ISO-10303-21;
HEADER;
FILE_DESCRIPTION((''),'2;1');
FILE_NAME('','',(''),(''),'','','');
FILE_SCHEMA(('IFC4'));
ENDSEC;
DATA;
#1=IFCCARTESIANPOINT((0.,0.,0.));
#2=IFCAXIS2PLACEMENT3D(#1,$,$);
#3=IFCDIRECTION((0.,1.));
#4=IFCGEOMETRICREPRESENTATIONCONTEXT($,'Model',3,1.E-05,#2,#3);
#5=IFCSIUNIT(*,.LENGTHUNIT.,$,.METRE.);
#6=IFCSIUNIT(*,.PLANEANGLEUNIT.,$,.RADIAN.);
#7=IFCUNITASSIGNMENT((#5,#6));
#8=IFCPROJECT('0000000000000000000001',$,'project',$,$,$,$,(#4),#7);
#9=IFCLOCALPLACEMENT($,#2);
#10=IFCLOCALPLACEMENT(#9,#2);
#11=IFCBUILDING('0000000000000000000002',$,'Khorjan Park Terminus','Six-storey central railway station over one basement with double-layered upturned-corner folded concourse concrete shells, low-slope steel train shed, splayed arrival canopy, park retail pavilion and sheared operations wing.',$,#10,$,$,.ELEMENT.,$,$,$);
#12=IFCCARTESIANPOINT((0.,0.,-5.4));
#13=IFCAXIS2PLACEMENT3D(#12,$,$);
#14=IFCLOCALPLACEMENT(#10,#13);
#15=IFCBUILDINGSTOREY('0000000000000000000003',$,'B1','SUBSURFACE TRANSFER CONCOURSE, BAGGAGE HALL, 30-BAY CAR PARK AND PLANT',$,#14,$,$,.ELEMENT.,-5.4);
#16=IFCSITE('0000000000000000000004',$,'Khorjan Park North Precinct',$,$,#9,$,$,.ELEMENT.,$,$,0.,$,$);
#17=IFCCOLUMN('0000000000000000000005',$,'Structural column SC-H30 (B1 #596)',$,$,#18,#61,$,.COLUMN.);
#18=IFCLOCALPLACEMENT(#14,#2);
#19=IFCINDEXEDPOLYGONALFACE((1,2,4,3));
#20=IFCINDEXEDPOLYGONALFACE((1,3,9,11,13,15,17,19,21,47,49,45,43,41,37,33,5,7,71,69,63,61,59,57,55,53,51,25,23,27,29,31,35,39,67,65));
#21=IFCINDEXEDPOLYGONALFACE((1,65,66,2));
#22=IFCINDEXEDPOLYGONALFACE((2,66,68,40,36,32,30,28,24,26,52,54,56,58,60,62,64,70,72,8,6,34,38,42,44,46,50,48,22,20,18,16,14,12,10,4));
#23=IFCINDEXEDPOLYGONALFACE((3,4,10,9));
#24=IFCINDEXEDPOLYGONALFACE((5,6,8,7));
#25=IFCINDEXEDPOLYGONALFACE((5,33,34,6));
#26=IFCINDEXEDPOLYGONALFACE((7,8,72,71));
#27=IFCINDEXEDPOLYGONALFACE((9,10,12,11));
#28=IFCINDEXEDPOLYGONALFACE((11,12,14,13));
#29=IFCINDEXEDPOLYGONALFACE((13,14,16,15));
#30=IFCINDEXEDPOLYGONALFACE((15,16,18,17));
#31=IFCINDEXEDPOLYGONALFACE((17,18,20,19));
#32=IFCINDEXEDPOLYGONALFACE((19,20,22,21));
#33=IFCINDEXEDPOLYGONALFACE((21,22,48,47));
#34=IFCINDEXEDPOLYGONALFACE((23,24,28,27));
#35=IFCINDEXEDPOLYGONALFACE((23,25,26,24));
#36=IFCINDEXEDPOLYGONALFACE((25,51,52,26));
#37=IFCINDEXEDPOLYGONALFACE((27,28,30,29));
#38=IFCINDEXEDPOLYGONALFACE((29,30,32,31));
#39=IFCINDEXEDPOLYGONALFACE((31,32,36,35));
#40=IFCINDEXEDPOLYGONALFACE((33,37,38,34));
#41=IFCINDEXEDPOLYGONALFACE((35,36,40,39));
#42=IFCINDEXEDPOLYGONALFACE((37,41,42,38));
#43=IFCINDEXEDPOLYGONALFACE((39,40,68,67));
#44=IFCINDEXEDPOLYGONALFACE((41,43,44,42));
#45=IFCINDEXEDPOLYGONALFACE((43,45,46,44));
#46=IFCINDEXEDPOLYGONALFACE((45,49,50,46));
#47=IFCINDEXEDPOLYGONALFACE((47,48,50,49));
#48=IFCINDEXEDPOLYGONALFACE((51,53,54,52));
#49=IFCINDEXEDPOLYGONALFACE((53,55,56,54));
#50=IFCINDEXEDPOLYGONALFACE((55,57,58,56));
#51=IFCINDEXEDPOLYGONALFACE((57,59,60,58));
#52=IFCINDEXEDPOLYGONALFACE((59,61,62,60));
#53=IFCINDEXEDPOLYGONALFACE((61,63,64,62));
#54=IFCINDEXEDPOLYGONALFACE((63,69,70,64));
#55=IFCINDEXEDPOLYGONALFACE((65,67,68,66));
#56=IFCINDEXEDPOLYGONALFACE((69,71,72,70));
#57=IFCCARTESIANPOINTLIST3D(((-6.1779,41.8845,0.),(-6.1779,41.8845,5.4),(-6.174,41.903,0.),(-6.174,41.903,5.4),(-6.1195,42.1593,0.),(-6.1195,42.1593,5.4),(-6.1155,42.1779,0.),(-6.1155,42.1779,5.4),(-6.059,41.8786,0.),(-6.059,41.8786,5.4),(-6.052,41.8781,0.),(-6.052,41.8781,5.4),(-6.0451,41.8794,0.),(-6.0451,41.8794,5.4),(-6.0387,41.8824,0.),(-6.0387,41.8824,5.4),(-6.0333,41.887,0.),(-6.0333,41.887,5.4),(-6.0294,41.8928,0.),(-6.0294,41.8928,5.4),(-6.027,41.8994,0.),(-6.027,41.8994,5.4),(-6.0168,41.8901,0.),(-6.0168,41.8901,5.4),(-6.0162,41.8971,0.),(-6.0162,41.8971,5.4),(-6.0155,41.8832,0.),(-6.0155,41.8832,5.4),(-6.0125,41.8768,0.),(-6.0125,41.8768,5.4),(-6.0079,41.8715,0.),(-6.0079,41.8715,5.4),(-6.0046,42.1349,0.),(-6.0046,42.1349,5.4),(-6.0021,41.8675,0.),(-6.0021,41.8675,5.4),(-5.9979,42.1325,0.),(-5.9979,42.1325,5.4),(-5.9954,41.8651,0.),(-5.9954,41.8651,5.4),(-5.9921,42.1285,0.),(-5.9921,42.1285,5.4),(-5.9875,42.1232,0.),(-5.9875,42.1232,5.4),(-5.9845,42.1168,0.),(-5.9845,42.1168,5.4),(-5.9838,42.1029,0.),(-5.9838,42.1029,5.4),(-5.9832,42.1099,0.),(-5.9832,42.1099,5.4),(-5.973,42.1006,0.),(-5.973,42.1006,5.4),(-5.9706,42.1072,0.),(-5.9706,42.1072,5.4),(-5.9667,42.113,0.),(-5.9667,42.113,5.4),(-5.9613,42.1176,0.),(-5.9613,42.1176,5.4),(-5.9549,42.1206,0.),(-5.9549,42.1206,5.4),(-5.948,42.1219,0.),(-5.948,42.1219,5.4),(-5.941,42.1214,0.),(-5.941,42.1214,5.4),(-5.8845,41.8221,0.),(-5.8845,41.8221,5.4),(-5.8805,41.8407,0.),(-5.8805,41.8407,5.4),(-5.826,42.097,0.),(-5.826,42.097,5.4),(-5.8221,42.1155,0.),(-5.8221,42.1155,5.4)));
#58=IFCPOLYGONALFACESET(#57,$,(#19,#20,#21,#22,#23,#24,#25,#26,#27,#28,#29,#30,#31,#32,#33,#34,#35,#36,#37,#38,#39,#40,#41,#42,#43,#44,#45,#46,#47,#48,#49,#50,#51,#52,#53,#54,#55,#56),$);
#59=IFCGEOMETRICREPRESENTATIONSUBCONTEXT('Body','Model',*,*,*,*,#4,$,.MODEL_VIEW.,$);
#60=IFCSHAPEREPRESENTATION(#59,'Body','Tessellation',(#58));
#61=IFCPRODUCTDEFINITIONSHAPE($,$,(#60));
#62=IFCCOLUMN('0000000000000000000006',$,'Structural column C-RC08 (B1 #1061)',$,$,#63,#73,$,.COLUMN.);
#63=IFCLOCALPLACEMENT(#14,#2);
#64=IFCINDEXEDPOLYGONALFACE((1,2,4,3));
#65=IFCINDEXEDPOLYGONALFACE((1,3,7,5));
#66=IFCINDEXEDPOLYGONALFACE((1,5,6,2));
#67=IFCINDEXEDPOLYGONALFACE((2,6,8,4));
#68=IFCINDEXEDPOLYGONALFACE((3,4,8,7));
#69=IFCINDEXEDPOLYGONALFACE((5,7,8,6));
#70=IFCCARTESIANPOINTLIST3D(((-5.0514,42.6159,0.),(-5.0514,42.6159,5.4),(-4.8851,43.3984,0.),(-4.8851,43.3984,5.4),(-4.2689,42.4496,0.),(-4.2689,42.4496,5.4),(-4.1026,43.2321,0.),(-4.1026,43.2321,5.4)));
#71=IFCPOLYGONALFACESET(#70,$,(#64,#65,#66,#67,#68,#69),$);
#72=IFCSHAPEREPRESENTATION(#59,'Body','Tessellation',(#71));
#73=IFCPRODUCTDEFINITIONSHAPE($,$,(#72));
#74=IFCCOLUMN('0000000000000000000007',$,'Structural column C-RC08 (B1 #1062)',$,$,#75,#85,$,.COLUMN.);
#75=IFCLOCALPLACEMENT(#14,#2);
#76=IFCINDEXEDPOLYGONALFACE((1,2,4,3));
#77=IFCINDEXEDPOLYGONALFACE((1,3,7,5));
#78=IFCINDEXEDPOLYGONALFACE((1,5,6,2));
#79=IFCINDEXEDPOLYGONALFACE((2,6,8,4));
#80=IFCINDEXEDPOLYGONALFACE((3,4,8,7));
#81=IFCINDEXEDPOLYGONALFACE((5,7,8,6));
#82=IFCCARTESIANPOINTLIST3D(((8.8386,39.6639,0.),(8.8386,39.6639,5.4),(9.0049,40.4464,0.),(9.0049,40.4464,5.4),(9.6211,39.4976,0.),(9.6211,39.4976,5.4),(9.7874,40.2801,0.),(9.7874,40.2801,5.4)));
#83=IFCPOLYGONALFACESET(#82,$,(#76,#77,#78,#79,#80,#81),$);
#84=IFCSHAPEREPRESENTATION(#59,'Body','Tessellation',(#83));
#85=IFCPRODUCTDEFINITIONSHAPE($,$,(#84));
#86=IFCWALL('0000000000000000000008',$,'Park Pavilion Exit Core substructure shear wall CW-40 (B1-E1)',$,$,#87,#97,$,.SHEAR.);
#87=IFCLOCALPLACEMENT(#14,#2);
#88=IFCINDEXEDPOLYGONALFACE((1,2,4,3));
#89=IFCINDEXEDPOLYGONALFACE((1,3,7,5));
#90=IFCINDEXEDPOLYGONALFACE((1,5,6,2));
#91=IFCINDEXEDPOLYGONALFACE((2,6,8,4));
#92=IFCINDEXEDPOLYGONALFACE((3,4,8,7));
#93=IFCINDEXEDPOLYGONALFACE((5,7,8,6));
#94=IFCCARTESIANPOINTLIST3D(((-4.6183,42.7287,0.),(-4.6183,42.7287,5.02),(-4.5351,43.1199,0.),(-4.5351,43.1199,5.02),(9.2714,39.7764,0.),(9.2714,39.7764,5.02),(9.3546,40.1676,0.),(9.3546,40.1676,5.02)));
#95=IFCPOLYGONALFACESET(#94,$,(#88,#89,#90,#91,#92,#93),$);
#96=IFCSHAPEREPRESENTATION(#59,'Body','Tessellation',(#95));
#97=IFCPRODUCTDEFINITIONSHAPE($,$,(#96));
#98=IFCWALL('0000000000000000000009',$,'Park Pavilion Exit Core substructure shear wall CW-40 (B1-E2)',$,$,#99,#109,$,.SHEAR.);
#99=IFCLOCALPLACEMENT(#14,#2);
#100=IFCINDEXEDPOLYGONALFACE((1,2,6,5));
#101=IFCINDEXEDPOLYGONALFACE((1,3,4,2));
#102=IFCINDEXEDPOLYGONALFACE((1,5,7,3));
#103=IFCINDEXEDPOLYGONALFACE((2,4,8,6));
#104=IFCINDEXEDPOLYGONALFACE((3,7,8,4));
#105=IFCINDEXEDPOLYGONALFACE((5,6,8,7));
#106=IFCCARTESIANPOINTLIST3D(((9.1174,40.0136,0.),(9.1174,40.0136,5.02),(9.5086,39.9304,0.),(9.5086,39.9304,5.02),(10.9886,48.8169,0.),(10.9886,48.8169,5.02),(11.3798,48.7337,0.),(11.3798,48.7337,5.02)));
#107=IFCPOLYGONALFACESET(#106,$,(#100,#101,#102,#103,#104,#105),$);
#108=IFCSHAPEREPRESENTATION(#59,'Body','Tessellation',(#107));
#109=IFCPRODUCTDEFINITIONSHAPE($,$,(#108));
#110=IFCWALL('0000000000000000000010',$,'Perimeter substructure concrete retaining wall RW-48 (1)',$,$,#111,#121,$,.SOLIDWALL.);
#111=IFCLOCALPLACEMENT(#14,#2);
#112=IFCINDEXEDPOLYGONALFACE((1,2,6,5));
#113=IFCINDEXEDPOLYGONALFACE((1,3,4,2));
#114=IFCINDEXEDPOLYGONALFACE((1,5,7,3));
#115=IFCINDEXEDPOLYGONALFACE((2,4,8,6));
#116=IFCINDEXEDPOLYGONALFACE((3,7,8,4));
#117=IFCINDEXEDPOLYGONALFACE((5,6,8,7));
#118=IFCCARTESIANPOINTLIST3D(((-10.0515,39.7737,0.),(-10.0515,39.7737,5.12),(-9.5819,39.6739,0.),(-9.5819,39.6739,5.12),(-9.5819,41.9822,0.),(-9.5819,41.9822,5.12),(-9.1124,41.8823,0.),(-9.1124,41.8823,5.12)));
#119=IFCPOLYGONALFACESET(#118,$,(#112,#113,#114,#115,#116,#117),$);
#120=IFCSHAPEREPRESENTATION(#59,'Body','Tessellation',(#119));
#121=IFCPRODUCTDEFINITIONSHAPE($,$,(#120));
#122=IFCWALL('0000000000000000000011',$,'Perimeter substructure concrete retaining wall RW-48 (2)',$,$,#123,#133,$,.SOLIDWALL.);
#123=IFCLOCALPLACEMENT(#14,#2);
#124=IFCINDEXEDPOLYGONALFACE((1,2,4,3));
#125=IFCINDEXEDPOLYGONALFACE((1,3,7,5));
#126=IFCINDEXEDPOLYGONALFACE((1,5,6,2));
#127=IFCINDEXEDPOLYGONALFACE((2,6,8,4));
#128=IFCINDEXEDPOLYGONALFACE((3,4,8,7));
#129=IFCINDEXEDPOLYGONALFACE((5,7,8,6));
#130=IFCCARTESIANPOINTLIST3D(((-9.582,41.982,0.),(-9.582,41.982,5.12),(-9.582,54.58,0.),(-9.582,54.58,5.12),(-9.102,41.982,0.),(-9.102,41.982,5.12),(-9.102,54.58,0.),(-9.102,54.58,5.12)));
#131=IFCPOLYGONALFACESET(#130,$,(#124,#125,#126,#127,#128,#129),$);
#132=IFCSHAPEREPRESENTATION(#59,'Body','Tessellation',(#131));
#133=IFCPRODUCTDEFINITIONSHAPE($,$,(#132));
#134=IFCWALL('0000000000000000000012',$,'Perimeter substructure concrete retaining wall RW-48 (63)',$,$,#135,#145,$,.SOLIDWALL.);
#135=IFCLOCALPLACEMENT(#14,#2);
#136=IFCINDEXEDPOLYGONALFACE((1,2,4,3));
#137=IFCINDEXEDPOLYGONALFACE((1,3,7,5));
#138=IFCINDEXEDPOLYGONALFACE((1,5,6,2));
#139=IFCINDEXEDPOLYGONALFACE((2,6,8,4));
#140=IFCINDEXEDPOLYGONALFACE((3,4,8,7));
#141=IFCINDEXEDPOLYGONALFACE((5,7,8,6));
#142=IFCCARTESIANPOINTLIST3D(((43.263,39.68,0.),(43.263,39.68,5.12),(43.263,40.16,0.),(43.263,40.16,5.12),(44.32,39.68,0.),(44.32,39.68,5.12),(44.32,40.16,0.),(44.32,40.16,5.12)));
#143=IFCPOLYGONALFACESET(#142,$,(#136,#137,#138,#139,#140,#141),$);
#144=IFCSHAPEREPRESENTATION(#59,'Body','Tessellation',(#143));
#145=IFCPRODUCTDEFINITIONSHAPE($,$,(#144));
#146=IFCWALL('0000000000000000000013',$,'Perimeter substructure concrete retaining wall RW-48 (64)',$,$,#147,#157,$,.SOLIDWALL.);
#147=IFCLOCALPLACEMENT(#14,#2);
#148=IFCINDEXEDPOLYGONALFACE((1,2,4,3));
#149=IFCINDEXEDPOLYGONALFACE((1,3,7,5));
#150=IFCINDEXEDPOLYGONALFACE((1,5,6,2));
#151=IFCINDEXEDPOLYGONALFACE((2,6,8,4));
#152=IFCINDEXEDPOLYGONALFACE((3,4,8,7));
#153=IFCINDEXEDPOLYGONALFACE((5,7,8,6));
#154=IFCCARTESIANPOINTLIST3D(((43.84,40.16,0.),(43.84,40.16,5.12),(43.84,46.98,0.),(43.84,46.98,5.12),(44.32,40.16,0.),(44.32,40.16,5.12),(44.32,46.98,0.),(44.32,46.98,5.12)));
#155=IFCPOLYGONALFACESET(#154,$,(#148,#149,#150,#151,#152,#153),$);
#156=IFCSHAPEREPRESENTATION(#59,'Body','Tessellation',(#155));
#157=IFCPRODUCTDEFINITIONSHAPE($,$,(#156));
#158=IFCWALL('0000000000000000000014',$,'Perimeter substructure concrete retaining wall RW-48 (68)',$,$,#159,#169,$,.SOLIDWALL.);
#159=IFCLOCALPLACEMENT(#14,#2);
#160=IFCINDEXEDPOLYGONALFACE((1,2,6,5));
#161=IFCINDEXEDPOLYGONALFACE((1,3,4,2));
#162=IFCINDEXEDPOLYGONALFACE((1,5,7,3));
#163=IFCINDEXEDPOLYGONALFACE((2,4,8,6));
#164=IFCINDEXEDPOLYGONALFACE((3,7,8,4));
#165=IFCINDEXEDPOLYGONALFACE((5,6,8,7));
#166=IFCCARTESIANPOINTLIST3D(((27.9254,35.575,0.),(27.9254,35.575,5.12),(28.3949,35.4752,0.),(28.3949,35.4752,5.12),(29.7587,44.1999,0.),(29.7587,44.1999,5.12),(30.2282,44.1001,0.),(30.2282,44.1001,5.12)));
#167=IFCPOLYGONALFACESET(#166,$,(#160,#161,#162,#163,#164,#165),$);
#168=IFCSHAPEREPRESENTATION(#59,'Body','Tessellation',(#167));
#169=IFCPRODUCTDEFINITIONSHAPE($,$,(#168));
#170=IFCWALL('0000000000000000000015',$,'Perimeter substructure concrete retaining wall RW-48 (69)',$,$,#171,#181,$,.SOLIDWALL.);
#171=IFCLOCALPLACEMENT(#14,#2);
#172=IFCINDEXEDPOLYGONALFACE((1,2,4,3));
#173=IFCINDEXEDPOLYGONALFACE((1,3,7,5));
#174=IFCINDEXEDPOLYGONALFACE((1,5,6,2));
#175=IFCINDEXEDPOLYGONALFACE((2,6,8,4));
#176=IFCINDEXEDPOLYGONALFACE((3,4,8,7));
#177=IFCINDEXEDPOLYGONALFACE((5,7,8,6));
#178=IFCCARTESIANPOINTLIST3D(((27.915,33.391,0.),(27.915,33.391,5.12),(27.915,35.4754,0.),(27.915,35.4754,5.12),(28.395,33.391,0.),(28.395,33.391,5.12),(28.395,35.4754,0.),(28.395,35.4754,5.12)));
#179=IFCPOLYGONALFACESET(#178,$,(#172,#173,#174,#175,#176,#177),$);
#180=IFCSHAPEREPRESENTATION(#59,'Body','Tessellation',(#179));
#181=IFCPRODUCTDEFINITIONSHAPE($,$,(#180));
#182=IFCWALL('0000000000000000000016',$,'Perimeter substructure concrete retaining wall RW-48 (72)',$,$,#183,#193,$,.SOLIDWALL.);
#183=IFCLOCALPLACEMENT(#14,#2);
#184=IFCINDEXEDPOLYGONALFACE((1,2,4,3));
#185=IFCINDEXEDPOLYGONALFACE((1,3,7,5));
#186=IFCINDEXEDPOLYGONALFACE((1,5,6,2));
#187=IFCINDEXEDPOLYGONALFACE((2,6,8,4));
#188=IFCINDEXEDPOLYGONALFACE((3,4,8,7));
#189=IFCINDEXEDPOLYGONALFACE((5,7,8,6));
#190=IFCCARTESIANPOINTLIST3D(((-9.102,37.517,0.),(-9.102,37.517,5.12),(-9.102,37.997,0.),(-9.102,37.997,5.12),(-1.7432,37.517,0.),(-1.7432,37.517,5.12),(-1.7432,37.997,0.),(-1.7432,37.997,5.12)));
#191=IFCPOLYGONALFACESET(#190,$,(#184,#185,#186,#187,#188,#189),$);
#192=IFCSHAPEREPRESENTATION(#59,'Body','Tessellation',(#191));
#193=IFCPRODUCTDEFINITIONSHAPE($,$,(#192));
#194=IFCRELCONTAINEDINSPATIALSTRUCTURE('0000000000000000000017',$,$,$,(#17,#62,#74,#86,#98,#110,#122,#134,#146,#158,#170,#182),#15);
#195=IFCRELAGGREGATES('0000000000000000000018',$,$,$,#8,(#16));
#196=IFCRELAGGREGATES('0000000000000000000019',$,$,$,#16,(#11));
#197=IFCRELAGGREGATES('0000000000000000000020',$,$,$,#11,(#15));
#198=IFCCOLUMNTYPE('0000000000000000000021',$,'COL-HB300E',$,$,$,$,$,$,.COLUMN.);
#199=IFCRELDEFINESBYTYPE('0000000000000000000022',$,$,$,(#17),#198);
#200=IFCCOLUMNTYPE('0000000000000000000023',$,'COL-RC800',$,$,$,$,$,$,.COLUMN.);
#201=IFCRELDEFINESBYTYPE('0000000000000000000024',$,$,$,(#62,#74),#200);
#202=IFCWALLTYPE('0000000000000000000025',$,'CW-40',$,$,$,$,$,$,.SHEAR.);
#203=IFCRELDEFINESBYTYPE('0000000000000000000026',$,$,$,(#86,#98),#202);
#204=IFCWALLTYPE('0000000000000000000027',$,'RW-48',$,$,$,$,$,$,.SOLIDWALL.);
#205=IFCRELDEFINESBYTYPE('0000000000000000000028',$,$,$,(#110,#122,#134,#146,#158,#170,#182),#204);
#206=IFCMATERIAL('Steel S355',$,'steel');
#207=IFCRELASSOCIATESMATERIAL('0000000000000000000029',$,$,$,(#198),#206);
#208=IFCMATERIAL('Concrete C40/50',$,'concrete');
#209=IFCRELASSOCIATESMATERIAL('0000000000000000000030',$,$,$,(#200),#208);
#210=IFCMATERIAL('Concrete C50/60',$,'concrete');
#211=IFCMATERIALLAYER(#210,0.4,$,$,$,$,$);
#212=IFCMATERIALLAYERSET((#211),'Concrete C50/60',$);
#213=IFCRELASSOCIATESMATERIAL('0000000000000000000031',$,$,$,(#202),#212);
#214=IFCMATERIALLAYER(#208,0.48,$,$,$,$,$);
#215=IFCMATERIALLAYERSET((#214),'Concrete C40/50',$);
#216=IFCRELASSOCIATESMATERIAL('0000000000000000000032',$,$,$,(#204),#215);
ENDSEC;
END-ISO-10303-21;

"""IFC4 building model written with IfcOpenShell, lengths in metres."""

from ifc_helpers import new_model, si_unit, direction, frame, frame_2d, origin, origin_2d, place, context, subcontext, project, spatial, rectangle, i_section, extrude, material, layer, layer_set, material_profile, profile_set, type_object, element, save


model = new_model("IFC4")

# Units and contexts
model_context = context("Model", 3, precision=1e-05, world=origin(), true_north=direction((0.0, 1.0)))
body_context = subcontext(model_context, "Body", "Model", "MODEL_VIEW")
ifc_project = project(units=[si_unit("LENGTHUNIT", "METRE"), si_unit("PLANEANGLEUNIT", "RADIAN")], contexts=[model_context])

# Site, building, storey
site_placement = place(None, origin())
site = spatial("IfcSite", under=ifc_project, at=site_placement, Name="Khorjan Park North Precinct", CompositionType="ELEMENT", RefElevation=0.0)
building_placement = place(site_placement, origin())
building = spatial("IfcBuilding", under=site, at=building_placement, Name="Khorjan Park Terminus", Description="Six-storey central railway station over one basement with double-layered upturned-corner folded concourse concrete shells, low-slope steel train shed, splayed arrival canopy, park retail pavilion and sheared operations wing.", CompositionType="ELEMENT")
storey_placement = place(building_placement, frame((0.0, 0.0, -5.4)))
storey = spatial("IfcBuildingStorey", under=building, at=storey_placement, Name="B1", Description="SUBSURFACE TRANSFER CONCOURSE, BAGGAGE HALL, 30-BAY CAR PARK AND PLANT", CompositionType="ELEMENT", Elevation=-5.4)

# Shared definitions
ifc_material_1 = material(Name="Concrete C40/50", Category="concrete")

# Columns
ifc_material_2 = material(Name="Steel S355", Category="steel")
ifc_material_profile_1 = material_profile(ifc_material_2, i_section(OverallWidth=0.3, OverallDepth=0.3, WebThickness=0.011, FlangeThickness=0.019, FilletRadius=0.027, at=origin_2d()), Name="HEB 300")
ifc_profile_set_1 = profile_set([ifc_material_profile_1], Name="Steel S355")
column_type_1 = type_object("IfcColumnType", Name="COL-HB300E", PredefinedType="COLUMN", material=ifc_profile_set_1)
column_placement = place(storey_placement, frame((-6.0, 42.0, 0.0), z_axis=(0.0, 0.0, 1.0), x_axis=(0.978148, -0.207912, 0.0)))
element("IfcColumn", 1, at=column_placement, inside=storey, type_object=column_type_1, Name="Structural column SC-H30 (B1 #596)", PredefinedType="COLUMN", context=body_context, shape_type="SweptSolid", body=[
    extrude(i_section(OverallWidth=0.3, OverallDepth=0.3, WebThickness=0.011, FlangeThickness=0.019, FilletRadius=0.027, at=origin_2d()), origin(), (0.0, 0.0, 1.0), 5.4),
])
ifc_material_profile_2 = material_profile(ifc_material_1, rectangle(XDim=0.8, YDim=0.8, at=origin_2d()), Name="RC 800x800")
ifc_profile_set_2 = profile_set([ifc_material_profile_2], Name="Concrete C40/50")
column_type_2 = type_object("IfcColumnType", Name="COL-RC800", PredefinedType="COLUMN", material=ifc_profile_set_2)
for number, where, z_axis, x_axis, name in (
    (2, (-4.577, 42.924, 0.0), (0.0, 0.0, 1.0), (0.978148, -0.207912, 0.0), "Structural column C-RC08 (B1 #1061)"),
    (3, (9.313, 39.972, 0.0), (0.0, 0.0, 1.0), (0.978148, -0.207912, 0.0), "Structural column C-RC08 (B1 #1062)"),
):
    element("IfcColumn", number, at=place(storey_placement, frame(where, z_axis=z_axis, x_axis=x_axis)), inside=storey, type_object=column_type_2, Name=name, PredefinedType="COLUMN", context=body_context, shape_type="SweptSolid", body=[
        extrude(rectangle(XDim=0.8, YDim=0.8, at=origin_2d()), origin(), (0.0, 0.0, 1.0), 5.4),
    ])

# Walls
ifc_material_3 = material(Name="Concrete C50/60", Category="concrete")
ifc_layer_1 = layer(ifc_material_3, 0.4)
ifc_layer_set_1 = layer_set([ifc_layer_1], Name="Concrete C50/60")
wall_type_1 = type_object("IfcWallType", Name="CW-40", PredefinedType="SHEAR", material=ifc_layer_set_1)
wall_1_placement = place(storey_placement, frame((-4.5767, 42.9243, 0.0), z_axis=(0.0, 0.0, 1.0), x_axis=(0.978148, -0.207909, 0.0)))
element("IfcWall", 4, at=wall_1_placement, inside=storey, type_object=wall_type_1, Name="Park Pavilion Exit Core substructure shear wall CW-40 (B1-E1)", PredefinedType="SHEAR", context=body_context, shape_type="SweptSolid", body=[
    extrude(rectangle(XDim=14.2, YDim=0.4, at=frame_2d((7.1, 0.0))), origin(), (0.0, 0.0, 1.0), 5.02),
])
wall_2_placement = place(storey_placement, frame((9.313, 39.972, 0.0), z_axis=(0.0, 0.0, 1.0), x_axis=(0.207912, 0.978148, 0.0)))
element("IfcWall", 5, at=wall_2_placement, inside=storey, type_object=wall_type_1, Name="Park Pavilion Exit Core substructure shear wall CW-40 (B1-E2)", PredefinedType="SHEAR", context=body_context, shape_type="SweptSolid", body=[
    extrude(rectangle(XDim=9.0, YDim=0.4, at=frame_2d((4.5, 0.0))), origin(), (0.0, 0.0, 1.0), 5.02),
])
ifc_layer_2 = layer(ifc_material_1, 0.48)
ifc_layer_set_2 = layer_set([ifc_layer_2], Name="Concrete C40/50")
wall_type_2 = type_object("IfcWallType", Name="RW-48", PredefinedType="SOLIDWALL", material=ifc_layer_set_2)
wall_3_placement = place(storey_placement, frame((-9.8167, 39.7238, 0.0), z_axis=(0.0, 0.0, 1.0), x_axis=(0.20795, 0.978139, 0.0)))
element("IfcWall", 6, at=wall_3_placement, inside=storey, type_object=wall_type_2, Name="Perimeter substructure concrete retaining wall RW-48 (1)", PredefinedType="SOLIDWALL", context=body_context, shape_type="SweptSolid", body=[
    extrude(rectangle(XDim=2.2578, YDim=0.48, at=frame_2d((1.1289, 0.0))), origin(), (0.0, 0.0, 1.0), 5.12),
])
wall_4_placement = place(storey_placement, frame((-9.342, 41.9821, 0.0), z_axis=(0.0, 0.0, 1.0), x_axis=(0.0, 1.0, 0.0)))
element("IfcWall", 7, at=wall_4_placement, inside=storey, type_object=wall_type_2, Name="Perimeter substructure concrete retaining wall RW-48 (2)", PredefinedType="SOLIDWALL", context=body_context, shape_type="SweptSolid", body=[
    extrude(rectangle(XDim=12.5979, YDim=0.48, at=frame_2d((6.2989, 0.0))), origin(), (0.0, 0.0, 1.0), 5.12),
])
wall_5_placement = place(storey_placement, frame((43.263, 39.92, 0.0), z_axis=(0.0, 0.0, 1.0), x_axis=(1.0, 0.0, 0.0)))
element("IfcWall", 8, at=wall_5_placement, inside=storey, type_object=wall_type_2, Name="Perimeter substructure concrete retaining wall RW-48 (63)", PredefinedType="SOLIDWALL", context=body_context, shape_type="SweptSolid", body=[
    extrude(rectangle(XDim=1.057, YDim=0.48, at=frame_2d((0.5285, 0.0))), origin(), (0.0, 0.0, 1.0), 5.12),
])
wall_6_placement = place(storey_placement, frame((44.08, 40.16, 0.0), z_axis=(0.0, 0.0, 1.0), x_axis=(0.0, 1.0, 0.0)))
element("IfcWall", 9, at=wall_6_placement, inside=storey, type_object=wall_type_2, Name="Perimeter substructure concrete retaining wall RW-48 (64)", PredefinedType="SOLIDWALL", context=body_context, shape_type="SweptSolid", body=[
    extrude(rectangle(XDim=6.82, YDim=0.48, at=frame_2d((3.41, 0.0))), origin(), (0.0, 0.0, 1.0), 5.12),
])
wall_7_placement = place(storey_placement, frame((29.9935, 44.15, 0.0), z_axis=(0.0, 0.0, 1.0), x_axis=(-0.207916, -0.978147, 0.0)))
element("IfcWall", 10, at=wall_7_placement, inside=storey, type_object=wall_type_2, Name="Perimeter substructure concrete retaining wall RW-48 (68)", PredefinedType="SOLIDWALL", context=body_context, shape_type="SweptSolid", body=[
    extrude(rectangle(XDim=8.8175, YDim=0.48, at=frame_2d((4.4088, 0.0))), origin(), (0.0, 0.0, 1.0), 5.12),
])
wall_8_placement = place(storey_placement, frame((28.155, 35.4753, 0.0), z_axis=(0.0, 0.0, 1.0), x_axis=(0.0, -1.0, 0.0)))
element("IfcWall", 11, at=wall_8_placement, inside=storey, type_object=wall_type_2, Name="Perimeter substructure concrete retaining wall RW-48 (69)", PredefinedType="SOLIDWALL", context=body_context, shape_type="SweptSolid", body=[
    extrude(rectangle(XDim=2.0843, YDim=0.48, at=frame_2d((1.0421, 0.0))), origin(), (0.0, 0.0, 1.0), 5.12),
])
wall_9_placement = place(storey_placement, frame((-1.7432, 37.757, 0.0), z_axis=(0.0, 0.0, 1.0), x_axis=(-1.0, 0.0, 0.0)))
element("IfcWall", 12, at=wall_9_placement, inside=storey, type_object=wall_type_2, Name="Perimeter substructure concrete retaining wall RW-48 (72)", PredefinedType="SOLIDWALL", context=body_context, shape_type="SweptSolid", body=[
    extrude(rectangle(XDim=7.3588, YDim=0.48, at=frame_2d((3.6794, 0.0))), origin(), (0.0, 0.0, 1.0), 5.12),
])

save(model, "model.ifc")
